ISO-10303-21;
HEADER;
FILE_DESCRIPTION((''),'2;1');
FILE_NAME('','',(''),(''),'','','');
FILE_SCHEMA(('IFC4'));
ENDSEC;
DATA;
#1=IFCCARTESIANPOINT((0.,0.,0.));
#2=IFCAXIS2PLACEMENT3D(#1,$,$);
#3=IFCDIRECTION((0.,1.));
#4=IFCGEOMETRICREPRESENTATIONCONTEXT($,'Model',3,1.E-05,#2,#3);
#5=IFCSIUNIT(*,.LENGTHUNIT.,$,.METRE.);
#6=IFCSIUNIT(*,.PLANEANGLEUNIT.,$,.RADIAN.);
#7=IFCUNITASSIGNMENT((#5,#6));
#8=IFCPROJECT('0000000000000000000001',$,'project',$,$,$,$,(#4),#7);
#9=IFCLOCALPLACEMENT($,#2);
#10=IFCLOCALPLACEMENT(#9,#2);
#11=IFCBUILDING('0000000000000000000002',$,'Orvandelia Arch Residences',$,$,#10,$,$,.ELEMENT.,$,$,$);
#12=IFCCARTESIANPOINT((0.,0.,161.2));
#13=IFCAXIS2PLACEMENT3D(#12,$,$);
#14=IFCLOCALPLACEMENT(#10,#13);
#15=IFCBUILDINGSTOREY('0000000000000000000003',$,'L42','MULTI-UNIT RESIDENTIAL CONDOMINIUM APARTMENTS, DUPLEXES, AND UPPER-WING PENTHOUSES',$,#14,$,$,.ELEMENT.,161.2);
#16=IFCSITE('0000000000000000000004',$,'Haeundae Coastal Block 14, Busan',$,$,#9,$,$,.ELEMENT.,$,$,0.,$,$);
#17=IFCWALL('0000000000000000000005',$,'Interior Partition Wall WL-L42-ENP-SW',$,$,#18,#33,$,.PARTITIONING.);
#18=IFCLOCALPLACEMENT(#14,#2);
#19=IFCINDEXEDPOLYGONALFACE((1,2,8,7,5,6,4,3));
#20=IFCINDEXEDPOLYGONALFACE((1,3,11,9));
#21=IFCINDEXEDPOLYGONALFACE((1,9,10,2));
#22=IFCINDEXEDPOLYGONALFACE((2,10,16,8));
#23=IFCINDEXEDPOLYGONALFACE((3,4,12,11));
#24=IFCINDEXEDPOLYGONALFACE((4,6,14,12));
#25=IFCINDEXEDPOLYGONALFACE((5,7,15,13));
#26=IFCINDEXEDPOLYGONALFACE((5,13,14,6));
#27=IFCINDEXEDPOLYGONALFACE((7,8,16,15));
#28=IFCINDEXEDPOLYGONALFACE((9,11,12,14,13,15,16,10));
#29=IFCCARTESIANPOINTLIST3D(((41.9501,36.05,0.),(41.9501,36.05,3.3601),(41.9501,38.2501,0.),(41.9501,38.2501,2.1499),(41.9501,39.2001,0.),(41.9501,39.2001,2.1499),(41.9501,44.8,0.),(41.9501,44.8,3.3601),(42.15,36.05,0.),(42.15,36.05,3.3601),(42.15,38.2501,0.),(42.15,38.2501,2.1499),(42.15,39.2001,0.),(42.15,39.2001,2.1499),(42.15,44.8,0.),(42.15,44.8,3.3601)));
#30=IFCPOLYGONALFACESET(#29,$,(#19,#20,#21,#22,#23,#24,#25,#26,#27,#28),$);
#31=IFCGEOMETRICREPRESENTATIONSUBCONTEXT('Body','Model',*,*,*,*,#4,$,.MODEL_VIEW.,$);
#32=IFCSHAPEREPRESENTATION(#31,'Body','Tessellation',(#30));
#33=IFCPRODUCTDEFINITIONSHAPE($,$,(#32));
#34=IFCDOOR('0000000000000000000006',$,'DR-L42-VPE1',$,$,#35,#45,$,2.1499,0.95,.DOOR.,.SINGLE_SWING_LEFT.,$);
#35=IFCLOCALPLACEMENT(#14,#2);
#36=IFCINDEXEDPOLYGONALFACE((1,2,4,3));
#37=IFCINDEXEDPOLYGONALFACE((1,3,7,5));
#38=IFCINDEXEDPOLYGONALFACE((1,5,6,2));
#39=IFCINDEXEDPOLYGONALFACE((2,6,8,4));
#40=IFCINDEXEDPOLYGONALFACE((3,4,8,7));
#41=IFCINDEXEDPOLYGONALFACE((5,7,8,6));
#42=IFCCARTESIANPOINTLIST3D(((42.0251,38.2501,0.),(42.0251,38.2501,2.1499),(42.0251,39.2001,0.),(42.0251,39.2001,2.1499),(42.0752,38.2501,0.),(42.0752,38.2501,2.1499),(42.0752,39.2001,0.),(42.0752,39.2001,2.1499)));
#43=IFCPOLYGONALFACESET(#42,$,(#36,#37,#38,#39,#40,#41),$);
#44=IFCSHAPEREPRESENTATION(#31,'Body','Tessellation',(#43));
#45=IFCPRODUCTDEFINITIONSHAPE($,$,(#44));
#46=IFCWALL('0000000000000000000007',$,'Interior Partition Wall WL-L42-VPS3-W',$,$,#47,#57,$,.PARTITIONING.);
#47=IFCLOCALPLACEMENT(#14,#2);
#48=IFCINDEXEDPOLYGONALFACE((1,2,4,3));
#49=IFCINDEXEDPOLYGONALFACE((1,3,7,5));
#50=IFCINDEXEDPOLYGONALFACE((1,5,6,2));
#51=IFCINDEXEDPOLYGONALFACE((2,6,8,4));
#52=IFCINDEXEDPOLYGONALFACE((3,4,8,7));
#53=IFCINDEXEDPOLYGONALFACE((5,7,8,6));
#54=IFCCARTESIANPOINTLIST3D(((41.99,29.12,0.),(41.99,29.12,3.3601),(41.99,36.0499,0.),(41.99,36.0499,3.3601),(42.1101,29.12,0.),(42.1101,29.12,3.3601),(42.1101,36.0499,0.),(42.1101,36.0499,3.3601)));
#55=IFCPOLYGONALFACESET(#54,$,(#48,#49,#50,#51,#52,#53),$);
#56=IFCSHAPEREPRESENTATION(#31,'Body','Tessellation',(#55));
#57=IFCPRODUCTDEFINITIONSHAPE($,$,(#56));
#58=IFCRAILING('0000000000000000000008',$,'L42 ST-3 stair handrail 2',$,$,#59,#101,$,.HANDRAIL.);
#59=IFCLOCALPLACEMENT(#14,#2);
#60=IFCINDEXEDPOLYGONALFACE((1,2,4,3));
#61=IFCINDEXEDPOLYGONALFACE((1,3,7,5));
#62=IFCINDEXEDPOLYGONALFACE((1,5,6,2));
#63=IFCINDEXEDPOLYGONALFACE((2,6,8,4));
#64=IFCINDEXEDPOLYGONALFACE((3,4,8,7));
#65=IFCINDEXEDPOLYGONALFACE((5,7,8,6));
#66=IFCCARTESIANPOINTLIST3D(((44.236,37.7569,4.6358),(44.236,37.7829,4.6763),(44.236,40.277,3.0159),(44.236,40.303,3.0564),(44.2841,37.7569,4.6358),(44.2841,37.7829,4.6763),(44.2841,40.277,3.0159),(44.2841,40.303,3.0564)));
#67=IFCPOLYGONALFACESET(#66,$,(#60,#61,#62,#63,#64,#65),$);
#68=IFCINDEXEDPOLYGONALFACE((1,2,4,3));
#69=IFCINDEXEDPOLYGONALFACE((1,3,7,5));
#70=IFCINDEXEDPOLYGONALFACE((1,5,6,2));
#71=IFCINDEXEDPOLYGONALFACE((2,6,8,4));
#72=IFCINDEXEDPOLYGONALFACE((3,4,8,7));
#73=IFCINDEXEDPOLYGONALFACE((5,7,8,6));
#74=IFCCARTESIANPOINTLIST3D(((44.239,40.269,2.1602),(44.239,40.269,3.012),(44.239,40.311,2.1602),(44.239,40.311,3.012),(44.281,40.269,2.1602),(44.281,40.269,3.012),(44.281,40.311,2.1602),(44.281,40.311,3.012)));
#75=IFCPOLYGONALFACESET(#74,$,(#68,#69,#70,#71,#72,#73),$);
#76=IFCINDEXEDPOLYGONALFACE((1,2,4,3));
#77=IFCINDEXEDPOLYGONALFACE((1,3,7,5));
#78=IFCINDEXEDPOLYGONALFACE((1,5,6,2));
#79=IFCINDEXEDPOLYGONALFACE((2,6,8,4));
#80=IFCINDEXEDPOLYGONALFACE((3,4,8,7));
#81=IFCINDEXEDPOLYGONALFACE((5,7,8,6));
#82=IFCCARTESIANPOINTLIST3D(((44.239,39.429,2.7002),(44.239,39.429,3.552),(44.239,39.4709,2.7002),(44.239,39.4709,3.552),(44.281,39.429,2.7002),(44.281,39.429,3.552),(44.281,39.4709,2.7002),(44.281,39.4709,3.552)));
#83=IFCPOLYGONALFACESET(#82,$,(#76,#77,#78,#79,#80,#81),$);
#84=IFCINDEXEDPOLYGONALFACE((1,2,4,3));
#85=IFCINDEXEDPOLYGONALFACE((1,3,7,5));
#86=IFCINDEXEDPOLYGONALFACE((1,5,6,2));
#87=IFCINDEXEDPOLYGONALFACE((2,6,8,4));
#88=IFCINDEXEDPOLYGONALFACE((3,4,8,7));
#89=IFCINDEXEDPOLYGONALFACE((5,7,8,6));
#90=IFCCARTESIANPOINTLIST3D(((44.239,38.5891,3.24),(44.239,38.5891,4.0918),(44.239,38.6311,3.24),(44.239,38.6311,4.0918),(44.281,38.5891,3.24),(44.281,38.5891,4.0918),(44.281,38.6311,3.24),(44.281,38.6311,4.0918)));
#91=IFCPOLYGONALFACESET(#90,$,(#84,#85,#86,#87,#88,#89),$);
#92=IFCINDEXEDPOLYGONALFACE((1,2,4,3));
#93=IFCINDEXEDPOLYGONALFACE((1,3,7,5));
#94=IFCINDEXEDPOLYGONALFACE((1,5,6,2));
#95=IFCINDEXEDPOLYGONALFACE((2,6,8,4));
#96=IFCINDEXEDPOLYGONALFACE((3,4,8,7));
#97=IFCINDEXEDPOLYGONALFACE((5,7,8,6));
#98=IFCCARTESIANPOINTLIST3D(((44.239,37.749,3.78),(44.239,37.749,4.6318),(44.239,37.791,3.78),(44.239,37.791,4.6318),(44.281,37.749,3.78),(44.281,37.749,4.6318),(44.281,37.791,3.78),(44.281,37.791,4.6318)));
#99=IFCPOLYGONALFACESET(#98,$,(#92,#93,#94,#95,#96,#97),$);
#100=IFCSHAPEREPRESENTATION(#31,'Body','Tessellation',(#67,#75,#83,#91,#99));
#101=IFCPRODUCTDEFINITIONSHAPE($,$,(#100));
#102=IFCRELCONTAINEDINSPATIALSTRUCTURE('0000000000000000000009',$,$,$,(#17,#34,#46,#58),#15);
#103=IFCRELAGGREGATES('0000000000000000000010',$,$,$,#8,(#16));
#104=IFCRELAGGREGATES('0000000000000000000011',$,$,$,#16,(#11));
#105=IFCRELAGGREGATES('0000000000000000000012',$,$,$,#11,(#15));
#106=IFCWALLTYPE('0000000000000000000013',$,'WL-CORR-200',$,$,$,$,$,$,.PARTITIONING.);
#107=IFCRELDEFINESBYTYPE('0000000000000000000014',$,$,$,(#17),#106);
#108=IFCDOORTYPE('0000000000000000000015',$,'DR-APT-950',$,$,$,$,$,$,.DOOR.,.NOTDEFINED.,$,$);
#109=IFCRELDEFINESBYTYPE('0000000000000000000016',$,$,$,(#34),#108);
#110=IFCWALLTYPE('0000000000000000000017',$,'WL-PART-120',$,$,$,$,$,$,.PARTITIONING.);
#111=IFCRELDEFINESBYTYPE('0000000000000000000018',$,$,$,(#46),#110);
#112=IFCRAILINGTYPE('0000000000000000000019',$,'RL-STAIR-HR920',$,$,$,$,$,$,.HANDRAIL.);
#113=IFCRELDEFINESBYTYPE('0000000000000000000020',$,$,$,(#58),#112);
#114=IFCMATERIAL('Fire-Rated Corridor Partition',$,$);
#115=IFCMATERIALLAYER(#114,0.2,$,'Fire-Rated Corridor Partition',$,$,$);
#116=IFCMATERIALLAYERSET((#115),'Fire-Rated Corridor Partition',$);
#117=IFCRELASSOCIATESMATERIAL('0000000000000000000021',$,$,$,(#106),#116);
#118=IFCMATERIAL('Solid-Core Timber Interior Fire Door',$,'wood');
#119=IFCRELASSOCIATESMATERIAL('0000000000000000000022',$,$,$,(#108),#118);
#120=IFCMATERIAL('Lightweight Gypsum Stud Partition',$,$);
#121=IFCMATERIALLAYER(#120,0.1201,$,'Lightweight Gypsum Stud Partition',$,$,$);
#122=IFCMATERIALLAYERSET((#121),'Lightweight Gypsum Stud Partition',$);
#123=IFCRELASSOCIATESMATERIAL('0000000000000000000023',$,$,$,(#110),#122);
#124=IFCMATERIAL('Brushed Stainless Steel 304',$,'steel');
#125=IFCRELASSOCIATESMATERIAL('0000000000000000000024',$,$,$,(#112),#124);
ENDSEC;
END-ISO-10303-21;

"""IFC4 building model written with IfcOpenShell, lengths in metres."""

from ifc_helpers import new_model, si_unit, direction, frame, frame_2d, origin, origin_2d, place, context, subcontext, project, spatial, rectangle, extrude, material, layer, layer_set, type_object, element, fill, save


model = new_model("IFC4")

# Units and contexts
model_context = context("Model", 3, precision=1e-05, world=origin(), true_north=direction((0.0, 1.0)))
body_context = subcontext(model_context, "Body", "Model", "MODEL_VIEW")
ifc_project = project(units=[si_unit("LENGTHUNIT", "METRE"), si_unit("PLANEANGLEUNIT", "RADIAN")], contexts=[model_context])

# Site, building, storey
site_placement = place(None, origin())
site = spatial("IfcSite", under=ifc_project, at=site_placement, Name="Haeundae Coastal Block 14, Busan", CompositionType="ELEMENT", RefElevation=0.0)
building_placement = place(site_placement, origin())
building = spatial("IfcBuilding", under=site, at=building_placement, Name="Orvandelia Arch Residences", CompositionType="ELEMENT")
storey_placement = place(building_placement, frame((0.0, 0.0, 161.2)))
storey = spatial("IfcBuildingStorey", under=building, at=storey_placement, Name="L42", Description="MULTI-UNIT RESIDENTIAL CONDOMINIUM APARTMENTS, DUPLEXES, AND UPPER-WING PENTHOUSES", CompositionType="ELEMENT", Elevation=161.2)

# Wall, opening, door
ifc_material_1 = material(Name="Fire-Rated Corridor Partition")
ifc_layer_1 = layer(ifc_material_1, 0.2, Name="Fire-Rated Corridor Partition")
ifc_layer_set_1 = layer_set([ifc_layer_1], Name="Fire-Rated Corridor Partition")
wall_type_1 = type_object("IfcWallType", Name="WL-CORR-200", PredefinedType="PARTITIONING", material=ifc_layer_set_1)
wall_1_placement = place(storey_placement, frame((42.05, 36.05, 0.0), z_axis=(0.0, 0.0, 1.0), x_axis=(0.0, 1.0, 0.0)))
wall_1 = element("IfcWall", 1, at=wall_1_placement, inside=storey, type_object=wall_type_1, Name="Interior Partition Wall WL-L42-ENP-SW", PredefinedType="PARTITIONING", context=body_context, shape_type="SweptSolid", body=[
    extrude(rectangle(XDim=8.75, YDim=0.2, at=frame_2d((4.375, 0.0))), origin(), (0.0, 0.0, 1.0), 3.3601),
])
opening_1_placement = place(wall_1_placement, frame((2.2, 0.0, 0.0)))
opening_1 = element("IfcOpeningElement", 2, at=opening_1_placement, cuts=wall_1, PredefinedType="OPENING", context=body_context, shape_type="SweptSolid", body=[
    extrude(rectangle(XDim=0.95, YDim=2.1499, at=frame_2d((0.4751, 1.075))), frame((0.0, 0.1099, 0.0), z_axis=(0.0, -1.0, 0.0), x_axis=(1.0, 0.0, 0.0)), (0.0, 0.0, 1.0), 0.22),
])
ifc_material_2 = material(Name="Solid-Core Timber Interior Fire Door", Category="wood")
door_type_1 = type_object("IfcDoorType", Name="DR-APT-950", OperationType="NOTDEFINED", PredefinedType="DOOR", material=ifc_material_2)
door_1_placement = place(opening_1_placement, origin())
door_1 = element("IfcDoor", 3, at=door_1_placement, inside=storey, type_object=door_type_1, Name="DR-L42-VPE1", OperationType="SINGLE_SWING_LEFT", OverallHeight=2.1499, OverallWidth=0.95, PredefinedType="DOOR", context=body_context, shape_type="SweptSolid", body=[
    extrude(rectangle(XDim=0.95, YDim=2.1499, at=frame_2d((0.4751, 1.075))), frame((0.0, 0.0249, 0.0), z_axis=(0.0, -1.0, 0.0), x_axis=(1.0, 0.0, 0.0)), (0.0, 0.0, 1.0), 0.05),
])
fill(opening_1, door_1)
ifc_material_3 = material(Name="Lightweight Gypsum Stud Partition")
ifc_layer_2 = layer(ifc_material_3, 0.1201, Name="Lightweight Gypsum Stud Partition")
ifc_layer_set_2 = layer_set([ifc_layer_2], Name="Lightweight Gypsum Stud Partition")
wall_type_2 = type_object("IfcWallType", Name="WL-PART-120", PredefinedType="PARTITIONING", material=ifc_layer_set_2)

# Wall
wall_2_placement = place(storey_placement, frame((42.05, 29.1201, 0.0), z_axis=(0.0, 0.0, 1.0), x_axis=(0.0, 1.0, 0.0)))
element("IfcWall", 4, at=wall_2_placement, inside=storey, type_object=wall_type_2, Name="Interior Partition Wall WL-L42-VPS3-W", PredefinedType="PARTITIONING", context=body_context, shape_type="SweptSolid", body=[
    extrude(rectangle(XDim=6.9299, YDim=0.1201, at=frame_2d((3.4648, 0.0))), origin(), (0.0, 0.0, 1.0), 3.3601),
])

# Railing
ifc_material_4 = material(Name="Brushed Stainless Steel 304", Category="steel")
railing_type = type_object("IfcRailingType", Name="RL-STAIR-HR920", PredefinedType="HANDRAIL", material=ifc_material_4)
railing_placement = place(storey_placement, frame((44.26, 40.29, 2.1602)))
element("IfcRailing", 5, at=railing_placement, inside=storey, type_object=railing_type, Name="L42 ST-3 stair handrail 2", PredefinedType="HANDRAIL", context=body_context, shape_type="SweptSolid", body=[
    extrude(rectangle(XDim=0.0481, YDim=0.0481, at=origin_2d()), frame((0.0, 0.0, 0.876), z_axis=(0.0, -0.8412, 0.540725), x_axis=(1.0, 0.0, 0.0)), (0.0, 0.0, 1.0), 2.9958),
    extrude(rectangle(XDim=0.042, YDim=0.042, at=origin_2d()), origin(), (0.0, 0.0, 1.0), 0.8518),
    extrude(rectangle(XDim=0.042, YDim=0.042, at=origin_2d()), frame((0.0, -0.8401, 0.54)), (0.0, 0.0, 1.0), 0.8518),
    extrude(rectangle(XDim=0.042, YDim=0.042, at=origin_2d()), frame((0.0, -1.6799, 1.0798)), (0.0, 0.0, 1.0), 0.8518),
    extrude(rectangle(XDim=0.042, YDim=0.042, at=origin_2d()), frame((0.0, -2.52, 1.6199)), (0.0, 0.0, 1.0), 0.8518),
])

save(model, "model.ifc")
